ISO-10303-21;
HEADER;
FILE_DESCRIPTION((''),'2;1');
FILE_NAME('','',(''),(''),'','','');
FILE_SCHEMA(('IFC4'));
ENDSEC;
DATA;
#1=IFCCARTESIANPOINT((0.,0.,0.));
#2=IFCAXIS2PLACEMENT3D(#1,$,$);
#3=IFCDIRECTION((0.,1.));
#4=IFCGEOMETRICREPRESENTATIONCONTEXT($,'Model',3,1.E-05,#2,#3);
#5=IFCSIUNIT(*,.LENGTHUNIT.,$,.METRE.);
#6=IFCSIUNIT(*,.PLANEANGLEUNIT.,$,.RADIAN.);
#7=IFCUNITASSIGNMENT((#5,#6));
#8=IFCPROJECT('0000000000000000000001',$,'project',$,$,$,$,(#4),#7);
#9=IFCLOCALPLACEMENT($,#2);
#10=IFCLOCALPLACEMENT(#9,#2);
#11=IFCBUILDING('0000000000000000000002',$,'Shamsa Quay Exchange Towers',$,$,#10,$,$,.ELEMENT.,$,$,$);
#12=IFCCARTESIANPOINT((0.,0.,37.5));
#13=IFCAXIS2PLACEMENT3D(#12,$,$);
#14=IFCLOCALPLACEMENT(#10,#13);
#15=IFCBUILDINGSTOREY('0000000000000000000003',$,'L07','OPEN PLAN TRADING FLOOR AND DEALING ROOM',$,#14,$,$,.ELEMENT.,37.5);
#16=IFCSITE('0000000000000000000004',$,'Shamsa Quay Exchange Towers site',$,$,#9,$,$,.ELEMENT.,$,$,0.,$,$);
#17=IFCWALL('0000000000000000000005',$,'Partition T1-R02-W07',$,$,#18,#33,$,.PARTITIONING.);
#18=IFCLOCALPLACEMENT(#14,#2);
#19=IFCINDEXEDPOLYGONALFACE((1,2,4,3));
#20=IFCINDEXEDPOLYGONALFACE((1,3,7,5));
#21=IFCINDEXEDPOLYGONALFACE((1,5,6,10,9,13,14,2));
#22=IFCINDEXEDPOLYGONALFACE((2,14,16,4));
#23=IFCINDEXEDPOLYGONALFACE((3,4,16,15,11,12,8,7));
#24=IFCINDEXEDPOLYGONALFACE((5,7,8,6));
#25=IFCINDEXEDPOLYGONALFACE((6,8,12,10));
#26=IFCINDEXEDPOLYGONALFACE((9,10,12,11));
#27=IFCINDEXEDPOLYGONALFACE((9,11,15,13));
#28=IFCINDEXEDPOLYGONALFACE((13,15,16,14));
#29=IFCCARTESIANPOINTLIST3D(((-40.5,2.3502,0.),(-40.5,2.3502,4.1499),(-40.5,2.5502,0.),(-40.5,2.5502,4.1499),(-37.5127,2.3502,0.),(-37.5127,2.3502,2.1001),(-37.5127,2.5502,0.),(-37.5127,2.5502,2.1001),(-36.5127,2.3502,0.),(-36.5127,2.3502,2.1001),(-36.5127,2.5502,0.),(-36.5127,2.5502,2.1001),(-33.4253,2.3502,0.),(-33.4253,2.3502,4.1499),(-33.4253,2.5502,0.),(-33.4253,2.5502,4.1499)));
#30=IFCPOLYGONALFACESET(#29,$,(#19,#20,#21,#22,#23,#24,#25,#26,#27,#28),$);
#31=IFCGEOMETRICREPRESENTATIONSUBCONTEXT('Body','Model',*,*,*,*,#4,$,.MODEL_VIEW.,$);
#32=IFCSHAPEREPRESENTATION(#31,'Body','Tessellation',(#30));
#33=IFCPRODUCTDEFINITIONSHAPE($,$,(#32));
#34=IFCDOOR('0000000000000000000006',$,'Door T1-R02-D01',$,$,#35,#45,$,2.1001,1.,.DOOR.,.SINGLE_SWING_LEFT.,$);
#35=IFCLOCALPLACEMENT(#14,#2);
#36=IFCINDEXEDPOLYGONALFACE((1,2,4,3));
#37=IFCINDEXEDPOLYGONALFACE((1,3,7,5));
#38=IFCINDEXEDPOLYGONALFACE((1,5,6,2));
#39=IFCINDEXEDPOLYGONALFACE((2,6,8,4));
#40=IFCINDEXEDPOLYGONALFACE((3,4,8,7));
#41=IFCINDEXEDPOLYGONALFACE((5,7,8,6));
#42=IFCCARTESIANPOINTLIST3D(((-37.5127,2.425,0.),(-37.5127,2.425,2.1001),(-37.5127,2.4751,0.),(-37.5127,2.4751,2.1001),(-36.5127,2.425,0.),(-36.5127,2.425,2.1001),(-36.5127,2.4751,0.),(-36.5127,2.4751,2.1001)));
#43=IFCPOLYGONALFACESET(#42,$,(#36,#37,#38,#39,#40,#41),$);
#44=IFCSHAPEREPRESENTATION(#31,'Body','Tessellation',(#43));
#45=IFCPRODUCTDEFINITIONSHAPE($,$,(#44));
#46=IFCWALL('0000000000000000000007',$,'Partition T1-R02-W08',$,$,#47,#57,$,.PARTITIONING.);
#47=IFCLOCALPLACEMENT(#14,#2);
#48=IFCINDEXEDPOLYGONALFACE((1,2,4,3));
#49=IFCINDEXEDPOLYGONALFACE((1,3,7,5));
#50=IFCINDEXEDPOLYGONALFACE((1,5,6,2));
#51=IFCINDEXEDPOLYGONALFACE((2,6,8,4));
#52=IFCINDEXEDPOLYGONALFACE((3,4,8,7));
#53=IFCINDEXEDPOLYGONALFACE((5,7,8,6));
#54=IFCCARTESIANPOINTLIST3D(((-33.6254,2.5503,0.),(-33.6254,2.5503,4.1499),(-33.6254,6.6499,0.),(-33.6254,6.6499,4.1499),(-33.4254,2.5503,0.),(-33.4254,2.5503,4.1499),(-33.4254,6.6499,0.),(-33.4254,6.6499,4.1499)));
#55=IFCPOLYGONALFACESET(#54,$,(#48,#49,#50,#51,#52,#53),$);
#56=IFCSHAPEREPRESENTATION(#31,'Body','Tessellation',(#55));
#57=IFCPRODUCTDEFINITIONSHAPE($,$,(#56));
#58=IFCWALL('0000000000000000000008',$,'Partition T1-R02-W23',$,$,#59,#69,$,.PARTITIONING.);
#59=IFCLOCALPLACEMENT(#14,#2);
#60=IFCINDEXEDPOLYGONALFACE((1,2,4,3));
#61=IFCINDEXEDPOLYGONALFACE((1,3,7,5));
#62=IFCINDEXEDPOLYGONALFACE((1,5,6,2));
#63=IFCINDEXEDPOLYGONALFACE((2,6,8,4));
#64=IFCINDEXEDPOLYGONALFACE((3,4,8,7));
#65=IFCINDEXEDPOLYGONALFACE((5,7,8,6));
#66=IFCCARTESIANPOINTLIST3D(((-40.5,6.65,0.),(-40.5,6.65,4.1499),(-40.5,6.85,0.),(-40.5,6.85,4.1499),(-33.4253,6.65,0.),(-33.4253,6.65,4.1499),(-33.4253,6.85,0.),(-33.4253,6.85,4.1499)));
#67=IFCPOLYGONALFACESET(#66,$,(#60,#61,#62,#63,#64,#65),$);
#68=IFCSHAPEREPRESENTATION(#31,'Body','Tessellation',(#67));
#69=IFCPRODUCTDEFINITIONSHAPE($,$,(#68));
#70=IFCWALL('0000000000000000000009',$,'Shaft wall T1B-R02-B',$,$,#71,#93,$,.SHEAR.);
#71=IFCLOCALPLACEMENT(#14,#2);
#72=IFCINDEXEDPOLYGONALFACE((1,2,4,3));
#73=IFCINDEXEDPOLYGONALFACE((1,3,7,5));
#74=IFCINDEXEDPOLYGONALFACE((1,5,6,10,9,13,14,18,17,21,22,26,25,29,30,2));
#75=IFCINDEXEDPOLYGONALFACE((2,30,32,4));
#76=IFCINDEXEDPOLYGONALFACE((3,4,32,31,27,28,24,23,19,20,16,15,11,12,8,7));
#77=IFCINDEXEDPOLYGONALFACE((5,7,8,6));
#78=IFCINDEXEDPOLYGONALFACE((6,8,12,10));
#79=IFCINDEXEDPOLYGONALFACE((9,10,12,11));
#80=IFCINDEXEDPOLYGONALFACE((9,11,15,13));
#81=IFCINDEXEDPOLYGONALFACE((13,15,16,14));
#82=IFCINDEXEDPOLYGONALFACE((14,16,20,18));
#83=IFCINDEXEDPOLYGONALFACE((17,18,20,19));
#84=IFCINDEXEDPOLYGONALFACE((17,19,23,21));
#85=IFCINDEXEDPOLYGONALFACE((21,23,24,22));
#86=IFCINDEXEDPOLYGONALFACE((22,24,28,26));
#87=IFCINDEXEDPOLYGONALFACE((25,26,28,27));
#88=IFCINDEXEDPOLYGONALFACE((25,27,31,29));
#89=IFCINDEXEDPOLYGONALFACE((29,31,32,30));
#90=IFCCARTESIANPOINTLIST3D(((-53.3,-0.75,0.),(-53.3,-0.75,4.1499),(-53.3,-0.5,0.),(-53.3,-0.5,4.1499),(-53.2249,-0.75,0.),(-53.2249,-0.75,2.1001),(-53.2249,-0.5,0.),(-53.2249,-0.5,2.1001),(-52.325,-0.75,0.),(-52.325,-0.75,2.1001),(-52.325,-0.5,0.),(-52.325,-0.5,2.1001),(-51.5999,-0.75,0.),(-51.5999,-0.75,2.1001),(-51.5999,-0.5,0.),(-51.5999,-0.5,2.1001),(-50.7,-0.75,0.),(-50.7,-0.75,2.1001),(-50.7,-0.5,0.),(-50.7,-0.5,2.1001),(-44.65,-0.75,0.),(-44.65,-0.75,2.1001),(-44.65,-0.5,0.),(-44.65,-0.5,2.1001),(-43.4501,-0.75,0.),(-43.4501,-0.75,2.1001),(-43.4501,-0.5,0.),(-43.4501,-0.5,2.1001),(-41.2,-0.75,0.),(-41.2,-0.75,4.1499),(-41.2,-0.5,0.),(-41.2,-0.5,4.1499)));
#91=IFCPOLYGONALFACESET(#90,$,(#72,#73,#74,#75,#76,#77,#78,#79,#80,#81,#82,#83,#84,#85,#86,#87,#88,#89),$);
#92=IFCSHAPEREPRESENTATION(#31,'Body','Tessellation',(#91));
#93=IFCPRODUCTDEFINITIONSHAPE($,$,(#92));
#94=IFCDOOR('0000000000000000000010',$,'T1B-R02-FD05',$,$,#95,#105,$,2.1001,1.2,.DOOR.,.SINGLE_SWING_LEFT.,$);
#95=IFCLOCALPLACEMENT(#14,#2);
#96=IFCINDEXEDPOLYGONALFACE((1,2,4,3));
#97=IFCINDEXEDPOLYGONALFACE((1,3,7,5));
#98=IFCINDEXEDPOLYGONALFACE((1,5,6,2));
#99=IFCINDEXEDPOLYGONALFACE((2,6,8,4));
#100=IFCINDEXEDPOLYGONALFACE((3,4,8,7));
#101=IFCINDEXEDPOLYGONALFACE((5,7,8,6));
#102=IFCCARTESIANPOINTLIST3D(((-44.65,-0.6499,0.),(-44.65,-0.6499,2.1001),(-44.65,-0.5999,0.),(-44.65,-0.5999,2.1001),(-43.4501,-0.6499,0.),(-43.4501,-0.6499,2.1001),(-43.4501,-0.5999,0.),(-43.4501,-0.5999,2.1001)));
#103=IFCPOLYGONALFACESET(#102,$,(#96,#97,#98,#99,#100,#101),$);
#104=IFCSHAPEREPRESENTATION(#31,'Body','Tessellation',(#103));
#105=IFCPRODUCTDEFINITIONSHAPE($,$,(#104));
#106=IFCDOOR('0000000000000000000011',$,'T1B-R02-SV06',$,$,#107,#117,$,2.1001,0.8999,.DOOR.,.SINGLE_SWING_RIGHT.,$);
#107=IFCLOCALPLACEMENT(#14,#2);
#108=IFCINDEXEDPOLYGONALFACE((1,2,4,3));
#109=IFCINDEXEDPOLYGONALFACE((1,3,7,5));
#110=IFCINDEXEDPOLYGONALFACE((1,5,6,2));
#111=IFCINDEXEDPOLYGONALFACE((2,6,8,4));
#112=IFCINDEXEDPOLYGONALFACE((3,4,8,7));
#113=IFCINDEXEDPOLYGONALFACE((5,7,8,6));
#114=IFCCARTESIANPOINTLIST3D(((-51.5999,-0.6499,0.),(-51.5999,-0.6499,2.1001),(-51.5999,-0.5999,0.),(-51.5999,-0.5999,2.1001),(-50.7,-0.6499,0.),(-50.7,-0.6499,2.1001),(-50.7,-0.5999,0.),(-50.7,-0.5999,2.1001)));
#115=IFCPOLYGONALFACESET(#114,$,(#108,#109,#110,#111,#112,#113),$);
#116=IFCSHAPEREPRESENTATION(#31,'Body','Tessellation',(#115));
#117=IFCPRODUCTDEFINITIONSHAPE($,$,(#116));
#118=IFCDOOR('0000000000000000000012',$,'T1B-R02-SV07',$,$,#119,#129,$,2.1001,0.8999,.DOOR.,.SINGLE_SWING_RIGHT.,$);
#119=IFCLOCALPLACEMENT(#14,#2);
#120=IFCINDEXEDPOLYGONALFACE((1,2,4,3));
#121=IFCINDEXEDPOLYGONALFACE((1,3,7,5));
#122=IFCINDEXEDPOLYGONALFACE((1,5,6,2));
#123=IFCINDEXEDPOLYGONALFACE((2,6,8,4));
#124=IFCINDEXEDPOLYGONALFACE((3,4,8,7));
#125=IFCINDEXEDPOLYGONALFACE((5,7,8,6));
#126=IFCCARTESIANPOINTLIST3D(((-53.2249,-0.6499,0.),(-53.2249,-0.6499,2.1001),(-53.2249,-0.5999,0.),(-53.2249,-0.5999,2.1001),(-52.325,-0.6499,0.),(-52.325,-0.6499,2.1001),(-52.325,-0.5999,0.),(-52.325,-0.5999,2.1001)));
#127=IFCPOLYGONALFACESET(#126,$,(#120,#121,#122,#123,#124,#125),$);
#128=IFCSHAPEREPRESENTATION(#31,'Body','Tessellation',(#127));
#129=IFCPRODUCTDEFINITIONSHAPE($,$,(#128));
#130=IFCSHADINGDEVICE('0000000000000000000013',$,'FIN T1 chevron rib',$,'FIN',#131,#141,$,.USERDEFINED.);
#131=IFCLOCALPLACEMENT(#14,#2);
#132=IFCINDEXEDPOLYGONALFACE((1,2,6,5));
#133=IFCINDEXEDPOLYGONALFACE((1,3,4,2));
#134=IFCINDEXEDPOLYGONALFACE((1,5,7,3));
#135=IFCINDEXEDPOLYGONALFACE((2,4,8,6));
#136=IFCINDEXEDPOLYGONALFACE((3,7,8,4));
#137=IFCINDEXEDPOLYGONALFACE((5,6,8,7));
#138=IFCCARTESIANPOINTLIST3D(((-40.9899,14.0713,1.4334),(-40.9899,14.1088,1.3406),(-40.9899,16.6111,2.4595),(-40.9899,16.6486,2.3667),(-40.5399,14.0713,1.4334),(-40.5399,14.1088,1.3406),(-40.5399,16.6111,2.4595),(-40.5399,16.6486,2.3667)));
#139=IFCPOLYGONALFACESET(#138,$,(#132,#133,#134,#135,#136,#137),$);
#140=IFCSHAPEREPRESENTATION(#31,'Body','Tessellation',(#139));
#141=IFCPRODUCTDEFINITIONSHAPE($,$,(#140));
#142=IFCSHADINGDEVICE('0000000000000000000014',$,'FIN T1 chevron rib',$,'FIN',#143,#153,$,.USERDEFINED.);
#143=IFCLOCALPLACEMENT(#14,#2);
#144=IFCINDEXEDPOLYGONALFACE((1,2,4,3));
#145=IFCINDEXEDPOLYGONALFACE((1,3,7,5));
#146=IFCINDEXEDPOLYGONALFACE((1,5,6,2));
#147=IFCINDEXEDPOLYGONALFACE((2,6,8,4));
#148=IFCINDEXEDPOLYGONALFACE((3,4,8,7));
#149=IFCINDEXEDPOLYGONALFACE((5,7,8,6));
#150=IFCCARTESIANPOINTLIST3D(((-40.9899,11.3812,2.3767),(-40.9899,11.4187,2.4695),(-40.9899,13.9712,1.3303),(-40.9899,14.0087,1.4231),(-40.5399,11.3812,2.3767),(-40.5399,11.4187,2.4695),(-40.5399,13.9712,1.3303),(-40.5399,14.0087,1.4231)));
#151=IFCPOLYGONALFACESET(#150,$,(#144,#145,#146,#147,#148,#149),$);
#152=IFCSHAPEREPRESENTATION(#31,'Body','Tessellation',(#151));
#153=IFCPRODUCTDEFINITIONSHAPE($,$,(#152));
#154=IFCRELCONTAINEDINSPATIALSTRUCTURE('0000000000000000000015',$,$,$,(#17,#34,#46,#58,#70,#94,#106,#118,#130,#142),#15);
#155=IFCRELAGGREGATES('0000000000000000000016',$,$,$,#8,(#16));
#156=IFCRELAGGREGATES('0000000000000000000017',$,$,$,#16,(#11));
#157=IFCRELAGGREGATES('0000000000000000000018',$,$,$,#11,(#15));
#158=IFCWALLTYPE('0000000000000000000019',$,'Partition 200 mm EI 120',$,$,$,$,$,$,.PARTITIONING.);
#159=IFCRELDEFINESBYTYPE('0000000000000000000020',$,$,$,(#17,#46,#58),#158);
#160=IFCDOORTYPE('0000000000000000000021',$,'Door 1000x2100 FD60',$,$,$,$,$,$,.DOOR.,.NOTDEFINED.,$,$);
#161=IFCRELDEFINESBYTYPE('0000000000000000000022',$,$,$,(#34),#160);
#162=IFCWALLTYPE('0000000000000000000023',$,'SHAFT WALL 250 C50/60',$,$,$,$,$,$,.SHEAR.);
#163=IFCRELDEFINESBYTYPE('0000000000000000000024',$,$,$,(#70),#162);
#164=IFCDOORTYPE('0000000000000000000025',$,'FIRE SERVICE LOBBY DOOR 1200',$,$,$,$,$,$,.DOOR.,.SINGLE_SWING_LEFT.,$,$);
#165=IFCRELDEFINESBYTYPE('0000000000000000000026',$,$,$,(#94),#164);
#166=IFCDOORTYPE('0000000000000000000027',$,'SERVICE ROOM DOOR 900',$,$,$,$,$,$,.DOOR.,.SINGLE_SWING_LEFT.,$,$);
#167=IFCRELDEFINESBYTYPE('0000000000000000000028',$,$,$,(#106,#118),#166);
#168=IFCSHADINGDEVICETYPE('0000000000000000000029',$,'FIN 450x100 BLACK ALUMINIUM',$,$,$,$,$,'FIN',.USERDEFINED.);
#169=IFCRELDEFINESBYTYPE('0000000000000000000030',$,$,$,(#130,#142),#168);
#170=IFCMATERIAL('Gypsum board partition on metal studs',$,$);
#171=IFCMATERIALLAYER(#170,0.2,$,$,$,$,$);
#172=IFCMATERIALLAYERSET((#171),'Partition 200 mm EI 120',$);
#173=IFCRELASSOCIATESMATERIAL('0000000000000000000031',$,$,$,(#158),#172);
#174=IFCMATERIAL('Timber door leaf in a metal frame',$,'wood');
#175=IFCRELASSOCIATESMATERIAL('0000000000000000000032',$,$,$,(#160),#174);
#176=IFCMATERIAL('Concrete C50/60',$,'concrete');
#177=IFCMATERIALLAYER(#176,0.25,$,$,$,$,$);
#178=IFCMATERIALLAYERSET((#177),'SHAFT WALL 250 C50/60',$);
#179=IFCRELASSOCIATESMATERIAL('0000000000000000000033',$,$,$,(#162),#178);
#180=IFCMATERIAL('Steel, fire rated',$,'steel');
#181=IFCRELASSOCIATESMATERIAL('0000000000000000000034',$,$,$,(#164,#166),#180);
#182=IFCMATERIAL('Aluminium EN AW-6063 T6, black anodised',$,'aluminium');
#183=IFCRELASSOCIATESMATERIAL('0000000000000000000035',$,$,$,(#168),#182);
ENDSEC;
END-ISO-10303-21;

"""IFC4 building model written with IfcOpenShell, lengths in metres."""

from ifc_helpers import new_model, si_unit, direction, frame, frame_2d, origin, origin_2d, place, context, subcontext, project, spatial, rectangle, extrude, material, layer, layer_set, material_profile, profile_set, type_object, element, fill, save


model = new_model("IFC4")

# Units and contexts
model_context = context("Model", 3, precision=1e-05, world=origin(), true_north=direction((0.0, 1.0)))
body_context = subcontext(model_context, "Body", "Model", "MODEL_VIEW")
ifc_project = project(units=[si_unit("LENGTHUNIT", "METRE"), si_unit("PLANEANGLEUNIT", "RADIAN")], contexts=[model_context])

# Site, building, storey
site_placement = place(None, origin())
site = spatial("IfcSite", under=ifc_project, at=site_placement, Name="Shamsa Quay Exchange Towers site", CompositionType="ELEMENT", RefElevation=0.0)
building_placement = place(site_placement, origin())
building = spatial("IfcBuilding", under=site, at=building_placement, Name="Shamsa Quay Exchange Towers", CompositionType="ELEMENT")
storey_placement = place(building_placement, frame((0.0, 0.0, 37.5)))
storey = spatial("IfcBuildingStorey", under=building, at=storey_placement, Name="L07", Description="OPEN PLAN TRADING FLOOR AND DEALING ROOM", CompositionType="ELEMENT", Elevation=37.5)

# Shared definitions
ifc_material_1 = material(Name="Aluminium EN AW-6063 T6, black anodised", Category="aluminium")

# Shared definitions
ifc_material_2 = material(Name="Timber door leaf in a metal frame", Category="wood")

# Wall, opening, door
ifc_material_3 = material(Name="Gypsum board partition on metal studs")
ifc_layer_1 = layer(ifc_material_3, 0.2)
ifc_layer_set_1 = layer_set([ifc_layer_1], Name="Partition 200 mm EI 120")
wall_type_1 = type_object("IfcWallType", Name="Partition 200 mm EI 120", PredefinedType="PARTITIONING", material=ifc_layer_set_1)
wall_1_placement = place(storey_placement, frame((-40.5, 2.4502, 0.0)))
wall_1 = element("IfcWall", 1, at=wall_1_placement, inside=storey, type_object=wall_type_1, Name="Partition T1-R02-W07", PredefinedType="PARTITIONING", context=body_context, shape_type="SweptSolid", body=[
    extrude(rectangle(XDim=7.0747, YDim=0.2, at=frame_2d((3.5374, 0.0))), origin(), (0.0, 0.0, 1.0), 4.1499),
])
opening_1_placement = place(wall_1_placement, frame((2.9873, 0.0, 0.0)))
opening_1 = element("IfcOpeningElement", 2, at=opening_1_placement, cuts=wall_1, PredefinedType="OPENING", context=body_context, shape_type="SweptSolid", body=[
    extrude(rectangle(XDim=1.0, YDim=2.1001, at=frame_2d((0.5, 1.05))), frame((0.0, 0.1099, 0.0), z_axis=(0.0, -1.0, 0.0), x_axis=(1.0, 0.0, 0.0)), (0.0, 0.0, 1.0), 0.22),
])
door_type_1 = type_object("IfcDoorType", Name="Door 1000x2100 FD60", OperationType="NOTDEFINED", PredefinedType="DOOR", material=ifc_material_2)
door_1_placement = place(opening_1_placement, origin())
door_1 = element("IfcDoor", 3, at=door_1_placement, inside=storey, type_object=door_type_1, Name="Door T1-R02-D01", OperationType="SINGLE_SWING_LEFT", OverallHeight=2.1001, OverallWidth=1.0, PredefinedType="DOOR", context=body_context, shape_type="SweptSolid", body=[
    extrude(rectangle(XDim=1.0, YDim=2.1001, at=frame_2d((0.5, 1.05))), frame((0.0, 0.0249, 0.0), z_axis=(0.0, -1.0, 0.0), x_axis=(1.0, 0.0, 0.0)), (0.0, 0.0, 1.0), 0.05),
])
fill(opening_1, door_1)

# Walls
wall_2_placement = place(storey_placement, frame((-33.5254, 2.5503, 0.0), z_axis=(0.0, 0.0, 1.0), x_axis=(0.0, 1.0, 0.0)))
element("IfcWall", 4, at=wall_2_placement, inside=storey, type_object=wall_type_1, Name="Partition T1-R02-W08", PredefinedType="PARTITIONING", context=body_context, shape_type="SweptSolid", body=[
    extrude(rectangle(XDim=4.0996, YDim=0.2, at=frame_2d((2.0498, 0.0))), origin(), (0.0, 0.0, 1.0), 4.1499),
])
wall_3_placement = place(storey_placement, frame((-33.4253, 6.75, 0.0), z_axis=(0.0, 0.0, 1.0), x_axis=(-1.0, 0.0, 0.0)))
element("IfcWall", 5, at=wall_3_placement, inside=storey, type_object=wall_type_1, Name="Partition T1-R02-W23", PredefinedType="PARTITIONING", context=body_context, shape_type="SweptSolid", body=[
    extrude(rectangle(XDim=7.0747, YDim=0.2, at=frame_2d((3.5374, 0.0))), origin(), (0.0, 0.0, 1.0), 4.1499),
])

# Wall, openings, doors
ifc_material_4 = material(Name="Concrete C50/60", Category="concrete")
ifc_layer_2 = layer(ifc_material_4, 0.25)
ifc_layer_set_2 = layer_set([ifc_layer_2], Name="SHAFT WALL 250 C50/60")
wall_type_2 = type_object("IfcWallType", Name="SHAFT WALL 250 C50/60", PredefinedType="SHEAR", material=ifc_layer_set_2)
wall_4_placement = place(storey_placement, frame((-41.2, -0.625, 0.0), z_axis=(0.0, 0.0, 1.0), x_axis=(-1.0, 0.0, 0.0)))
wall_4 = element("IfcWall", 6, at=wall_4_placement, inside=storey, type_object=wall_type_2, Name="Shaft wall T1B-R02-B", PredefinedType="SHEAR", context=body_context, shape_type="SweptSolid", body=[
    extrude(rectangle(XDim=12.1001, YDim=0.25, at=frame_2d((6.05, 0.0))), origin(), (0.0, 0.0, 1.0), 4.1499),
])
opening_2_placement = place(wall_4_placement, frame((2.25, 0.0, 0.0)))
opening_2 = element("IfcOpeningElement", 7, at=opening_2_placement, cuts=wall_4, PredefinedType="OPENING", context=body_context, shape_type="SweptSolid", body=[
    extrude(rectangle(XDim=1.2, YDim=2.1001, at=frame_2d((0.6001, 1.05))), frame((0.0, 0.135, 0.0), z_axis=(0.0, -1.0, 0.0), x_axis=(1.0, 0.0, 0.0)), (0.0, 0.0, 1.0), 0.27),
])
opening_3_placement = place(wall_4_placement, frame((9.5, 0.0, 0.0)))
opening_3 = element("IfcOpeningElement", 8, at=opening_3_placement, cuts=wall_4, PredefinedType="OPENING", context=body_context, shape_type="SweptSolid", body=[
    extrude(rectangle(XDim=0.8999, YDim=2.1001, at=frame_2d((0.45, 1.05))), frame((0.0, 0.135, 0.0), z_axis=(0.0, -1.0, 0.0), x_axis=(1.0, 0.0, 0.0)), (0.0, 0.0, 1.0), 0.27),
])
opening_4_placement = place(wall_4_placement, frame((11.125, 0.0, 0.0)))
opening_4 = element("IfcOpeningElement", 9, at=opening_4_placement, cuts=wall_4, PredefinedType="OPENING", context=body_context, shape_type="SweptSolid", body=[
    extrude(rectangle(XDim=0.8999, YDim=2.1001, at=frame_2d((0.45, 1.05))), frame((0.0, 0.135, 0.0), z_axis=(0.0, -1.0, 0.0), x_axis=(1.0, 0.0, 0.0)), (0.0, 0.0, 1.0), 0.27),
])
ifc_material_5 = material(Name="Steel, fire rated", Category="steel")
door_type_2 = type_object("IfcDoorType", Name="FIRE SERVICE LOBBY DOOR 1200", OperationType="SINGLE_SWING_LEFT", PredefinedType="DOOR", material=ifc_material_5)
door_2_placement = place(opening_2_placement, origin())
door_2 = element("IfcDoor", 10, at=door_2_placement, inside=storey, type_object=door_type_2, Name="T1B-R02-FD05", OperationType="SINGLE_SWING_LEFT", OverallHeight=2.1001, OverallWidth=1.2, PredefinedType="DOOR", context=body_context, shape_type="SweptSolid", body=[
    extrude(rectangle(XDim=1.2, YDim=2.1001, at=frame_2d((0.6001, 1.05))), frame((0.0, 0.0249, 0.0), z_axis=(0.0, -1.0, 0.0), x_axis=(1.0, 0.0, 0.0)), (0.0, 0.0, 1.0), 0.05),
])
fill(opening_2, door_2)
door_type_3 = type_object("IfcDoorType", Name="SERVICE ROOM DOOR 900", OperationType="SINGLE_SWING_LEFT", PredefinedType="DOOR", material=ifc_material_5)
door_3_placement = place(opening_3_placement, origin())
door_3 = element("IfcDoor", 11, at=door_3_placement, inside=storey, type_object=door_type_3, Name="T1B-R02-SV06", OperationType="SINGLE_SWING_RIGHT", OverallHeight=2.1001, OverallWidth=0.8999, PredefinedType="DOOR", context=body_context, shape_type="SweptSolid", body=[
    extrude(rectangle(XDim=0.8999, YDim=2.1001, at=frame_2d((0.45, 1.05))), frame((0.0, 0.0249, 0.0), z_axis=(0.0, -1.0, 0.0), x_axis=(1.0, 0.0, 0.0)), (0.0, 0.0, 1.0), 0.05),
])
fill(opening_3, door_3)
door_4_placement = place(opening_4_placement, origin())
door_4 = element("IfcDoor", 12, at=door_4_placement, inside=storey, type_object=door_type_3, Name="T1B-R02-SV07", OperationType="SINGLE_SWING_RIGHT", OverallHeight=2.1001, OverallWidth=0.8999, PredefinedType="DOOR", context=body_context, shape_type="SweptSolid", body=[
    extrude(rectangle(XDim=0.8999, YDim=2.1001, at=frame_2d((0.45, 1.05))), frame((0.0, 0.0249, 0.0), z_axis=(0.0, -1.0, 0.0), x_axis=(1.0, 0.0, 0.0)), (0.0, 0.0, 1.0), 0.05),
])
fill(opening_4, door_4)

# Shading devices
ifc_material_profile_1 = material_profile(ifc_material_1, rectangle(XDim=0.45, YDim=0.1001, at=origin_2d()), Name="FIN450x100")
ifc_profile_set_1 = profile_set([ifc_material_profile_1], Name="Aluminium EN AW-6063 T6, black anodised")
shading_device_type = type_object("IfcShadingDeviceType", Name="FIN 450x100 BLACK ALUMINIUM", ElementType="FIN", PredefinedType="USERDEFINED", material=ifc_profile_set_1)
shading_device_1_placement = place(storey_placement, frame((-40.7649, 16.6299, 2.4131), z_axis=(0.0, -0.927186, -0.3746), x_axis=(1.0, 0.0, 0.0)))
element("IfcShadingDevice", 13, at=shading_device_1_placement, inside=storey, type_object=shading_device_type, Name="FIN T1 chevron rib", ObjectType="FIN", PredefinedType="USERDEFINED", context=body_context, shape_type="SweptSolid", body=[
    extrude(rectangle(XDim=0.45, YDim=0.1001, at=origin_2d()), origin(), (0.0, 0.0, 1.0), 2.7393),
])
shading_device_2_placement = place(storey_placement, frame((-40.7649, 13.99, 1.3767), z_axis=(0.0, -0.927193, 0.374583), x_axis=(1.0, 0.0, 0.0)))
element("IfcShadingDevice", 14, at=shading_device_2_placement, inside=storey, type_object=shading_device_type, Name="FIN T1 chevron rib", ObjectType="FIN", PredefinedType="USERDEFINED", context=body_context, shape_type="SweptSolid", body=[
    extrude(rectangle(XDim=0.45, YDim=0.1001, at=origin_2d()), origin(), (0.0, 0.0, 1.0), 2.7935),
])

save(model, "model.ifc")
